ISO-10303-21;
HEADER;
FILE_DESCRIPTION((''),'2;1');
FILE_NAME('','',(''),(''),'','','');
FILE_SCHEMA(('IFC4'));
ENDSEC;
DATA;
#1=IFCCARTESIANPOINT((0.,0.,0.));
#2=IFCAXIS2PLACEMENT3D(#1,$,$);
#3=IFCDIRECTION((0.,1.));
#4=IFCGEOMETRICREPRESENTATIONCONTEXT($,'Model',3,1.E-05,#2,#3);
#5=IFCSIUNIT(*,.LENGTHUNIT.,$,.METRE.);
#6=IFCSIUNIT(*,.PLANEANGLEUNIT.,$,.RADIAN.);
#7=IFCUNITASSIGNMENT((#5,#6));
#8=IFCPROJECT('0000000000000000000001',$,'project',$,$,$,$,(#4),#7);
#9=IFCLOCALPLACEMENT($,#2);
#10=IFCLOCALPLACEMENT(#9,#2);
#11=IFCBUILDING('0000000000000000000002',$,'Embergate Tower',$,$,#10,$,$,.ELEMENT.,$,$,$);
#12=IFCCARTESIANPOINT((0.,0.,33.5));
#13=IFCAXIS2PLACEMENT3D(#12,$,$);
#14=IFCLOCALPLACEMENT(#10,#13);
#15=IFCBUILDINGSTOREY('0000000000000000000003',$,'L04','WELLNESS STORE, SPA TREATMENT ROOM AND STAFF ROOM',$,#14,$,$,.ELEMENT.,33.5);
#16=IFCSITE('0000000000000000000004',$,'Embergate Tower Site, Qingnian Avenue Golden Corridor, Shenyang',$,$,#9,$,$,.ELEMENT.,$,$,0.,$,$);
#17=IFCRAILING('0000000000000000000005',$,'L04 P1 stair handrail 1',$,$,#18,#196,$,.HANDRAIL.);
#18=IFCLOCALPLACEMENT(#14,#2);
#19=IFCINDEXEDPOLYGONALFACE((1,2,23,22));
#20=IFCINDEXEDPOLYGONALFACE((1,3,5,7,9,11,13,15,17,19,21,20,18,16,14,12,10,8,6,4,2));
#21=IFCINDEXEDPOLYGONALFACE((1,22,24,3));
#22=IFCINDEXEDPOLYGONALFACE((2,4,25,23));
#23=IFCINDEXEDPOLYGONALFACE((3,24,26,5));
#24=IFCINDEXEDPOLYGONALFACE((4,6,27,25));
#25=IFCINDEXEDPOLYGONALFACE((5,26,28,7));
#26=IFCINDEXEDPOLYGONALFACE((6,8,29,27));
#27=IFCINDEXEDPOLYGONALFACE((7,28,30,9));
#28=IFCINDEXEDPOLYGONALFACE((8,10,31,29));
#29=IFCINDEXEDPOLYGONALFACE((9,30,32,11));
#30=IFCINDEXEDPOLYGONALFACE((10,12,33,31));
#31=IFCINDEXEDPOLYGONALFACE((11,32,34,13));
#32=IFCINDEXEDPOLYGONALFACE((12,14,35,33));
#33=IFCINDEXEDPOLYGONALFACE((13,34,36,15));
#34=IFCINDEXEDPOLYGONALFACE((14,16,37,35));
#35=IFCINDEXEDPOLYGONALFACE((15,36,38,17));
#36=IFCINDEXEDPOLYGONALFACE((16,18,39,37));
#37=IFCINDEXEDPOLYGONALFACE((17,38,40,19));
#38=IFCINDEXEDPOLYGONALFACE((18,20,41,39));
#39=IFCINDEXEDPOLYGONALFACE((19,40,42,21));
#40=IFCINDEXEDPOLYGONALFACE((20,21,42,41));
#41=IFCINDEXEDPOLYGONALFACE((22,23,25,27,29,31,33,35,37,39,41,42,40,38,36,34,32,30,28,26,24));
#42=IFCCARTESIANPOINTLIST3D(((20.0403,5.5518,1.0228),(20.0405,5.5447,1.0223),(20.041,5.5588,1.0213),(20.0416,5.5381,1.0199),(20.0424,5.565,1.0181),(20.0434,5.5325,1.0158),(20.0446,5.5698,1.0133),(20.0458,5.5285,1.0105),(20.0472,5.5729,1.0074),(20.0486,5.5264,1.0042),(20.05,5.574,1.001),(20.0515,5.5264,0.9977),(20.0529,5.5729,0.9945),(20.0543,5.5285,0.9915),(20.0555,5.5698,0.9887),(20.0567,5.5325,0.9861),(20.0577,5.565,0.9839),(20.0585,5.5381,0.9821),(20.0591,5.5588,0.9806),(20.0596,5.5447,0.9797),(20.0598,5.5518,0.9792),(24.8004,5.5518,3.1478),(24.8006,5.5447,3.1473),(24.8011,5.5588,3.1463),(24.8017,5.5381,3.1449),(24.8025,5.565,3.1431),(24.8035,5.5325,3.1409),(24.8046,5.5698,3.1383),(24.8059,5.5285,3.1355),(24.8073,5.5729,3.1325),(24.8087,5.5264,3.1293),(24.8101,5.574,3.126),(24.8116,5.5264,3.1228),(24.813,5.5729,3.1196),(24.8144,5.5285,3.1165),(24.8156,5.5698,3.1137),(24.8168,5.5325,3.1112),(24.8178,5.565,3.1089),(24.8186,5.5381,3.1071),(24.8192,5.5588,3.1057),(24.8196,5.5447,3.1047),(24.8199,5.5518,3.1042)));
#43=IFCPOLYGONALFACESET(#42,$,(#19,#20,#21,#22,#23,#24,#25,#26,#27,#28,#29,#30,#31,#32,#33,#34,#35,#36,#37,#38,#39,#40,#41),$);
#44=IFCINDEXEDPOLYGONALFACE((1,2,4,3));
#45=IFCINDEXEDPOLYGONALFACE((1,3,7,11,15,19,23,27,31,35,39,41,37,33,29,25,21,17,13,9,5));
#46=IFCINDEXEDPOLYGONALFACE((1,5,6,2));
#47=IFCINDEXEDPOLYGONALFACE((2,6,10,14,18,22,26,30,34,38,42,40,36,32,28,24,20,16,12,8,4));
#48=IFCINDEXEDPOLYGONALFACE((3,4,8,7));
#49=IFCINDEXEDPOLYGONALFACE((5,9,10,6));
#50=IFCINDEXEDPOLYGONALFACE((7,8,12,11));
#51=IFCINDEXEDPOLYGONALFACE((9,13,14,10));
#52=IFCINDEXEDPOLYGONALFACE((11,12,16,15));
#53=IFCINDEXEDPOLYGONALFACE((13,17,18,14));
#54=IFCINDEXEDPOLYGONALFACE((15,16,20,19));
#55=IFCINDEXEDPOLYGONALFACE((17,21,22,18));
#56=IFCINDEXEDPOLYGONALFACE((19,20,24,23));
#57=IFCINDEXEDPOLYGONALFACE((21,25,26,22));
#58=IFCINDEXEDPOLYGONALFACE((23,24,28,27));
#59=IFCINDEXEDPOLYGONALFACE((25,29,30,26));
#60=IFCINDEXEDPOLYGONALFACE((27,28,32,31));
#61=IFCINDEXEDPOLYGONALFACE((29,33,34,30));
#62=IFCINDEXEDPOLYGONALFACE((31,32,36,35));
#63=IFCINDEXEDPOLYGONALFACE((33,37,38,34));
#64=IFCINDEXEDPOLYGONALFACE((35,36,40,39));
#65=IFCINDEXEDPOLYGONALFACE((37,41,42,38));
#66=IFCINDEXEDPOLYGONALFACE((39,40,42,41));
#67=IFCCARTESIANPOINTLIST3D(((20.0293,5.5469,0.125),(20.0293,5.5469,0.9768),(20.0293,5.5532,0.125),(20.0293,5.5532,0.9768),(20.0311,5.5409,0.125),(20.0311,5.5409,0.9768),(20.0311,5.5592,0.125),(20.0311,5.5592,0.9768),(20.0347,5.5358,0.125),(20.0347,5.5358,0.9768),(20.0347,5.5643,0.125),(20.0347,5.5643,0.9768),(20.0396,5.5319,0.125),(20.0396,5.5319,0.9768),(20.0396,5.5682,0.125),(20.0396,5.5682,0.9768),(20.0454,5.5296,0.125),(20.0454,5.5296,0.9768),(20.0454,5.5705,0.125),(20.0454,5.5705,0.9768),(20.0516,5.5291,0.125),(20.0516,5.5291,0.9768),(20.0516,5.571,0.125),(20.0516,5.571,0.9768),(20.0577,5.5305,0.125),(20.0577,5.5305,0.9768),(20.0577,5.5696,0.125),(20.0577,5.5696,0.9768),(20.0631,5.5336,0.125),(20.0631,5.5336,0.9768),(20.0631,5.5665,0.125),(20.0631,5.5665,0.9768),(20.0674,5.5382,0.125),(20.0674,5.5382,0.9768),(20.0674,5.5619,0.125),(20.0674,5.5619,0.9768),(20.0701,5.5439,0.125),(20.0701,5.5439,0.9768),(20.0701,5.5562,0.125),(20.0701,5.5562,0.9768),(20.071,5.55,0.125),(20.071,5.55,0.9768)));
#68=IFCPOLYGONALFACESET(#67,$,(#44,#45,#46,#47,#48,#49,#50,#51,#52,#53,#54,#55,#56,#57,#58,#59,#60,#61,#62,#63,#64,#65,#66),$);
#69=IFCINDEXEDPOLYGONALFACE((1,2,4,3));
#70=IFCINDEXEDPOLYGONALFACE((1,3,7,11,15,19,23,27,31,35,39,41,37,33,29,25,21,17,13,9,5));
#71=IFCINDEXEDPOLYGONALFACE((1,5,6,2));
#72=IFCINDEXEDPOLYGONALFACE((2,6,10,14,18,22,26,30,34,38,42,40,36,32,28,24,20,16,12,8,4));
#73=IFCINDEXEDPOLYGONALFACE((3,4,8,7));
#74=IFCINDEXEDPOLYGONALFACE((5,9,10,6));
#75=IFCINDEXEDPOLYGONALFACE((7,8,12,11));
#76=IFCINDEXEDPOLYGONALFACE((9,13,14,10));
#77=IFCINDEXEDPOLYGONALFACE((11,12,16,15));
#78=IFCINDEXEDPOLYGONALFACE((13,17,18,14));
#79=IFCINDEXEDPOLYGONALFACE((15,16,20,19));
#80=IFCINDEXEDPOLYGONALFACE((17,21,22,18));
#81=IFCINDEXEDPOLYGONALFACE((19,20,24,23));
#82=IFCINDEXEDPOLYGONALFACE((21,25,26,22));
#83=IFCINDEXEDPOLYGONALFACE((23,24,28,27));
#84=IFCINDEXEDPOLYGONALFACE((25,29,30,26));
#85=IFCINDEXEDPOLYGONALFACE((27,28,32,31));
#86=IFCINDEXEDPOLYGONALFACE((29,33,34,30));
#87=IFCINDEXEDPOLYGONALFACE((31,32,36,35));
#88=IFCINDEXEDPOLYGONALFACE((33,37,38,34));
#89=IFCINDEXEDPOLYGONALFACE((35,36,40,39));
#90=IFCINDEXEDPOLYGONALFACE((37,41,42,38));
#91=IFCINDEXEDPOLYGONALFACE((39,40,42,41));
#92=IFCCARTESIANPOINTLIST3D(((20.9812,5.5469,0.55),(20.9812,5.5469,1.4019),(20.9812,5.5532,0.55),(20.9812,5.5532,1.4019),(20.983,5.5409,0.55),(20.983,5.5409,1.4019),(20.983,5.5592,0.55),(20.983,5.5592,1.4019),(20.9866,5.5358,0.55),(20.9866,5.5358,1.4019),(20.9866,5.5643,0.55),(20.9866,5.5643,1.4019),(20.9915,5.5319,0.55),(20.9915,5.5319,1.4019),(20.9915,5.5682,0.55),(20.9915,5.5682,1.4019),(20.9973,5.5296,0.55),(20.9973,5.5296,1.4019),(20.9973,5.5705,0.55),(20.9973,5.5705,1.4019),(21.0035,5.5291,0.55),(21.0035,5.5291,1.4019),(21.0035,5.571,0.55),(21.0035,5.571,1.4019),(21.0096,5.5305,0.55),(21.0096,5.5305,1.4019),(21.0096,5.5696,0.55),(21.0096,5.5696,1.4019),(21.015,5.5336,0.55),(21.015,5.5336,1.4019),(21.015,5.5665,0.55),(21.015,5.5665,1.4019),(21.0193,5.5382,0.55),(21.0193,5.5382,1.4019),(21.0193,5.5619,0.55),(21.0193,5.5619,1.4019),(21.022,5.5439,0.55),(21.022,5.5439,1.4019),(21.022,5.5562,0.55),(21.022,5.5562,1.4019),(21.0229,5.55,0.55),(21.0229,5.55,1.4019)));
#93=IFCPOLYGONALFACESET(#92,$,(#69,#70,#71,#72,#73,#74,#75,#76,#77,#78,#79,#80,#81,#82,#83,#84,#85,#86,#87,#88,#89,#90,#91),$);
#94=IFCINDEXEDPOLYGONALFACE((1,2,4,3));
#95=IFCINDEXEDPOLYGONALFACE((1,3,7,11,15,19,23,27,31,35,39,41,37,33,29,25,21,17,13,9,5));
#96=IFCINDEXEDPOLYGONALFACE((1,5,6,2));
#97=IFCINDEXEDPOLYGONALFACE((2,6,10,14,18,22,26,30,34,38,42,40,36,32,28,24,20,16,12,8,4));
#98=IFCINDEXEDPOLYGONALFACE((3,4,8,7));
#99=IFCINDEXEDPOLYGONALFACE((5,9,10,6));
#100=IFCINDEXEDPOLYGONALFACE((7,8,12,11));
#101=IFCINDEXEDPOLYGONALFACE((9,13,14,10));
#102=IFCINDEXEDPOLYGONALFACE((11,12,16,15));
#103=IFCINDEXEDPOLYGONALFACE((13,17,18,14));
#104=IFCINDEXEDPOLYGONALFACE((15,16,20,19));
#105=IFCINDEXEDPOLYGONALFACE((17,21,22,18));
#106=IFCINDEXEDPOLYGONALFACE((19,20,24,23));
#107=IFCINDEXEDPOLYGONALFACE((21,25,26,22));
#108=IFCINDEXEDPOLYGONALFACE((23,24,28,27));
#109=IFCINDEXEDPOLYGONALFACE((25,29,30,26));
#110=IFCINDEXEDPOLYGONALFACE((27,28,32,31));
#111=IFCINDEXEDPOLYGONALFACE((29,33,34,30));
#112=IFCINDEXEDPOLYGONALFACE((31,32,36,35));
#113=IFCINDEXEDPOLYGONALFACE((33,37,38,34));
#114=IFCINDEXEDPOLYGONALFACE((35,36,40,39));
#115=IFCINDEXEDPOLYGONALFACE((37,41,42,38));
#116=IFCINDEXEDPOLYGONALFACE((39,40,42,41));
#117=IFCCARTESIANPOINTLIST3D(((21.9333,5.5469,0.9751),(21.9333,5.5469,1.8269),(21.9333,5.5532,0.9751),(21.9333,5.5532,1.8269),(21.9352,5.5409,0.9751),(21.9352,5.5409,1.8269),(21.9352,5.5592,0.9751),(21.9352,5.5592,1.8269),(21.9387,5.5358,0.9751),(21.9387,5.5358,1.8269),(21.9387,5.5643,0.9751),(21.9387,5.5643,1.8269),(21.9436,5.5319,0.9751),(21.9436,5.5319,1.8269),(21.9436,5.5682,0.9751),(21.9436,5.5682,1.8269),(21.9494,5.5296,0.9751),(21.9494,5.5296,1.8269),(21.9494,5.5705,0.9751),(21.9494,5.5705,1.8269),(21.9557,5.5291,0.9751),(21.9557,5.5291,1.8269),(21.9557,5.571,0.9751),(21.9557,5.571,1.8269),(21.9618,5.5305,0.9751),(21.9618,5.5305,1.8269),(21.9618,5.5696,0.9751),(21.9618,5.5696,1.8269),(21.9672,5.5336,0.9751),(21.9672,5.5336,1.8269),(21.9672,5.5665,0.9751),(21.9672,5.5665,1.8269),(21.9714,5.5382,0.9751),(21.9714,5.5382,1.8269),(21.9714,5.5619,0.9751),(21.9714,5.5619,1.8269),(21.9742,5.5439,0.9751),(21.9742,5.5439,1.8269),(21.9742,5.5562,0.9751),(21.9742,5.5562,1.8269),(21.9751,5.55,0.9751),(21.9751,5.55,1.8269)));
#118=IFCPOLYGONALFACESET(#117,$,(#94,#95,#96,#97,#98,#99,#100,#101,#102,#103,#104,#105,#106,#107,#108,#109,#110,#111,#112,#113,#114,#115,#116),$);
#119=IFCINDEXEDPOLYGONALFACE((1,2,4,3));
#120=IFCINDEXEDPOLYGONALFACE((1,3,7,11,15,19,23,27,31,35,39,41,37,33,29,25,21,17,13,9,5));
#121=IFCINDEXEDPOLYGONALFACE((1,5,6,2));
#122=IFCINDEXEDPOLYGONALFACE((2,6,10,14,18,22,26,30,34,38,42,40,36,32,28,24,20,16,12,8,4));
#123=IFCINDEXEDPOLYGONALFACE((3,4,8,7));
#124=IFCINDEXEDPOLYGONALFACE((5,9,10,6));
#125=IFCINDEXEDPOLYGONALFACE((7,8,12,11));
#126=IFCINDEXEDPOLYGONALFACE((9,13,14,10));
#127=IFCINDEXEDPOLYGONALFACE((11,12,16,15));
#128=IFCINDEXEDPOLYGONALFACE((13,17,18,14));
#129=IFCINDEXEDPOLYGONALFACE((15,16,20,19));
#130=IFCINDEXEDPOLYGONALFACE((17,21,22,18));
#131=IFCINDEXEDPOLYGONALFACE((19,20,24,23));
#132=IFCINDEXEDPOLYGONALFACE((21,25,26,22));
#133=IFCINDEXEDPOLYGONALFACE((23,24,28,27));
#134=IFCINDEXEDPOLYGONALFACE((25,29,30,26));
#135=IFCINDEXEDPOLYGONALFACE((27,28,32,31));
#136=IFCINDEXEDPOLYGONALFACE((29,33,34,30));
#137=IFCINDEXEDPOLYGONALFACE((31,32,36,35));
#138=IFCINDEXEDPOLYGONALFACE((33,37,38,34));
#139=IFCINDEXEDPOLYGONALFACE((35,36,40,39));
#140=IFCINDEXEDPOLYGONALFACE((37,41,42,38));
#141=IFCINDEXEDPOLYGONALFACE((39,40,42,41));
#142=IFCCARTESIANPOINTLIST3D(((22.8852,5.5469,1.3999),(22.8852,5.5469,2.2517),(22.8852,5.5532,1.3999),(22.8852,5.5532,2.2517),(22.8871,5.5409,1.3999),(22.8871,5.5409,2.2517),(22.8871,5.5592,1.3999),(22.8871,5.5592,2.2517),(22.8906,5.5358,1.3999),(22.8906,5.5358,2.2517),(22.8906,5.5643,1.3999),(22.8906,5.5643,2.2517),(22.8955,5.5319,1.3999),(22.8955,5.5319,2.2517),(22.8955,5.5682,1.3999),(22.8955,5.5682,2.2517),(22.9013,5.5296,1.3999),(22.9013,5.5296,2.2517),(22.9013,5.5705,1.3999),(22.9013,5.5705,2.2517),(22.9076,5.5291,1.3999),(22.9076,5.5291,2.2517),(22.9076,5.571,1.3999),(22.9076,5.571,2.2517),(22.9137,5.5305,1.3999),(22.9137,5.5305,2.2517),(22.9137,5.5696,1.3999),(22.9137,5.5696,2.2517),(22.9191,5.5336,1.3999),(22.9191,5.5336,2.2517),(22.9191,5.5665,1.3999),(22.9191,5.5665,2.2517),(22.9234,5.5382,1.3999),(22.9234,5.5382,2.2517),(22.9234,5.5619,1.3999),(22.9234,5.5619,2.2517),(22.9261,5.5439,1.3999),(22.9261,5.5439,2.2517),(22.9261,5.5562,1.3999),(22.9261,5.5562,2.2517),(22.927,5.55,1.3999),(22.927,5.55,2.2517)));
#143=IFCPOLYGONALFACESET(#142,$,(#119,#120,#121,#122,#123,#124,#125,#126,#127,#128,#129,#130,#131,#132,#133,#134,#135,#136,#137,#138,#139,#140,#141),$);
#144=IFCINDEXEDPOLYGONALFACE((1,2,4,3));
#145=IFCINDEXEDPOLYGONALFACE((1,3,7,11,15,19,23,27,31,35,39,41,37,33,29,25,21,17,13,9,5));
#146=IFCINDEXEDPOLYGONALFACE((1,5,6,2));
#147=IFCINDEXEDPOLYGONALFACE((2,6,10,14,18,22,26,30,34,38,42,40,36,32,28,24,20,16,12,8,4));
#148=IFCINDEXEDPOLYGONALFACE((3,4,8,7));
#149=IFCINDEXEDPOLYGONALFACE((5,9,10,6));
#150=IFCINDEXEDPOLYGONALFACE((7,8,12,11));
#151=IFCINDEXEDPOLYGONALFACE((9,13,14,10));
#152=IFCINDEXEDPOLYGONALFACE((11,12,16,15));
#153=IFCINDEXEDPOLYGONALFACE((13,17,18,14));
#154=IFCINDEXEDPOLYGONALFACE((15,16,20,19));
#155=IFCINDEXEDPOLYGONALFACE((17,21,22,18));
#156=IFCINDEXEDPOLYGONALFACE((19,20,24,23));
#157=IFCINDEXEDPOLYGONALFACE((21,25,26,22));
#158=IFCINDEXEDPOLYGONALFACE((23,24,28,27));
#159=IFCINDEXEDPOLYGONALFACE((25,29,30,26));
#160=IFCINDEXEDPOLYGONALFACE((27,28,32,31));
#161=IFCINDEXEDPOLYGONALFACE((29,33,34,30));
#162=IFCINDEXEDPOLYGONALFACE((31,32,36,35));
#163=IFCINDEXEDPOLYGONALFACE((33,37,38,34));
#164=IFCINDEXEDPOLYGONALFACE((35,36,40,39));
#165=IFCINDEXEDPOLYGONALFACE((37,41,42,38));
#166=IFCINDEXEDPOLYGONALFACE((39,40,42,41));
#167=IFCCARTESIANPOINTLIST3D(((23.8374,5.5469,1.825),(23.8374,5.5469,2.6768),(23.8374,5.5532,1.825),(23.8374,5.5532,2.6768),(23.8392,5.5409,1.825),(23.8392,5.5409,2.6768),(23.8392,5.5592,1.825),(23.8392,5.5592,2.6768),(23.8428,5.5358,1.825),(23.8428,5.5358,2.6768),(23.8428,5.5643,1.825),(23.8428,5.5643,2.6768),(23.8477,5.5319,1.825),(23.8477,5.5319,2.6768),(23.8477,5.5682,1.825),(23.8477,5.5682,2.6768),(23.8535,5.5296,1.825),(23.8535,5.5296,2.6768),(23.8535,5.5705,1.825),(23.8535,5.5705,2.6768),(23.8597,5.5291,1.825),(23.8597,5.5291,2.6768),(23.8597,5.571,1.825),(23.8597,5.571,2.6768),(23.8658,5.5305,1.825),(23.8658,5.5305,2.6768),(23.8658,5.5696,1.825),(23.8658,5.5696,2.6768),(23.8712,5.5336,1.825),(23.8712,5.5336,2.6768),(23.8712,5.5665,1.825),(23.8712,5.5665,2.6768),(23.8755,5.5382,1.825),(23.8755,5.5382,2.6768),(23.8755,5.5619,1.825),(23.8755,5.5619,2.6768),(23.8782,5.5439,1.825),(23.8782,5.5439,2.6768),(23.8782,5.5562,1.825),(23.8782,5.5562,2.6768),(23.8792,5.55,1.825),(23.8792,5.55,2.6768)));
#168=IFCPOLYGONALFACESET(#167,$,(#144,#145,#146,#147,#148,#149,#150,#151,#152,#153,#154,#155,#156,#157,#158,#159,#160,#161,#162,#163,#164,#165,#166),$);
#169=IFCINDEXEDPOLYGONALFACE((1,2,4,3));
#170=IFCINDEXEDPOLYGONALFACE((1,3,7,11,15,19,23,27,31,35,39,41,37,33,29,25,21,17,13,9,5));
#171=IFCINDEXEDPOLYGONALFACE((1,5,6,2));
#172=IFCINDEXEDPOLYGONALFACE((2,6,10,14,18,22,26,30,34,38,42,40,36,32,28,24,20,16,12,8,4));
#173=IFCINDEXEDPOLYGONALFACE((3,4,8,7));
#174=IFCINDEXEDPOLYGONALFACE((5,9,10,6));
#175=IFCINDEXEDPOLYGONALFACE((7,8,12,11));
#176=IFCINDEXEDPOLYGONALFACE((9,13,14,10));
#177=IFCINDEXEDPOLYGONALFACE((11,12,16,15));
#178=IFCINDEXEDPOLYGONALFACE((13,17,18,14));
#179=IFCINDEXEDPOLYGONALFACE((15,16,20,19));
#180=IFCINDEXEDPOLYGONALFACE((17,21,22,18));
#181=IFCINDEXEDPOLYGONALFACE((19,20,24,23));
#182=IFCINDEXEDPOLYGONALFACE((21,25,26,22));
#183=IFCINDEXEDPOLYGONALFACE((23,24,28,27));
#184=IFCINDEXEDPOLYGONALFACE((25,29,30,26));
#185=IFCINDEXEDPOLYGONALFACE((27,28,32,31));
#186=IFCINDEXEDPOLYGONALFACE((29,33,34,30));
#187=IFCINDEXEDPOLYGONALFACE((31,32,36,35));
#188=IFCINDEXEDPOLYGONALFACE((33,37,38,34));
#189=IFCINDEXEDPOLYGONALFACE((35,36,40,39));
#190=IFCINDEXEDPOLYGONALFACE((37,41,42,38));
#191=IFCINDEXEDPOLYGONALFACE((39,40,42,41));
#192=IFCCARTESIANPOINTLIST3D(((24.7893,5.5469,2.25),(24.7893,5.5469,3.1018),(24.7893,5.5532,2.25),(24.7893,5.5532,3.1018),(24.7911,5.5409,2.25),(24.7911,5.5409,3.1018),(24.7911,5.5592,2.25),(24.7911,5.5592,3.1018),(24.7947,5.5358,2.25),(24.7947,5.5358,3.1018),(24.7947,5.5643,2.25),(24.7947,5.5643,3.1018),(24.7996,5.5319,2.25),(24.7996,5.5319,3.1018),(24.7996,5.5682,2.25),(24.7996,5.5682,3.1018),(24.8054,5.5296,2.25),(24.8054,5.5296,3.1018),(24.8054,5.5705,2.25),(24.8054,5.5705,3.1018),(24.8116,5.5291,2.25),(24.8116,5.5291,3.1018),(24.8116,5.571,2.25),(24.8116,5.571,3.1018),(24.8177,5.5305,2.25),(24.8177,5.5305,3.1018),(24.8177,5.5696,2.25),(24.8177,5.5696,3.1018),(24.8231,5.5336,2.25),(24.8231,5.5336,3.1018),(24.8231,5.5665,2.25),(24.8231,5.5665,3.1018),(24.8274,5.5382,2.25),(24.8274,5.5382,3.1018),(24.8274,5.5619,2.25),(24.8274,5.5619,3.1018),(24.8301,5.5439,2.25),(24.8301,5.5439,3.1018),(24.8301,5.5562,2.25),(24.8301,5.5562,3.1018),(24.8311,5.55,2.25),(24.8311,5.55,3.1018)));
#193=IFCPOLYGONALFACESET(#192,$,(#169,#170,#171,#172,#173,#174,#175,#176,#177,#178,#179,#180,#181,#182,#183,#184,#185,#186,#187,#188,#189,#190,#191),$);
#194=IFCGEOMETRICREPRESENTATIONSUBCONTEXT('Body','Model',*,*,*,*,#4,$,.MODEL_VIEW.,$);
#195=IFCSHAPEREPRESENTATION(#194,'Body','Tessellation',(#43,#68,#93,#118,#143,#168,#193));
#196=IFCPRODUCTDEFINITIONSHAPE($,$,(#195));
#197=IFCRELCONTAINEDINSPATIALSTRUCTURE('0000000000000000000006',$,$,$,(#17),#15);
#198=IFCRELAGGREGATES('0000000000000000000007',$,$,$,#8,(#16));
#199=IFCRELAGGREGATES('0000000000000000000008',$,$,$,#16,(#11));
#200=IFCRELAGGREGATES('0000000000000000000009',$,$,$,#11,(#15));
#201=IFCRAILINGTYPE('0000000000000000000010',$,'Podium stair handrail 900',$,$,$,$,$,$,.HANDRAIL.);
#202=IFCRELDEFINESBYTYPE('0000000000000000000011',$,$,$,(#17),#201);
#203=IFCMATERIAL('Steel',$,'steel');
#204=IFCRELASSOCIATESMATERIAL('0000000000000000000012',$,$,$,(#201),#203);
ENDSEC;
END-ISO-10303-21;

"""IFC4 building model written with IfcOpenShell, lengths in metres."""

from ifc_helpers import new_model, si_unit, direction, frame, origin, origin_2d, place, context, subcontext, project, spatial, circle, extrude, source, transform, mapped, material, type_object, element, save


model = new_model("IFC4")

# Units and contexts
model_context = context("Model", 3, precision=1e-05, world=origin(), true_north=direction((0.0, 1.0)))
body_context = subcontext(model_context, "Body", "Model", "MODEL_VIEW")
ifc_project = project(units=[si_unit("LENGTHUNIT", "METRE"), si_unit("PLANEANGLEUNIT", "RADIAN")], contexts=[model_context])

# Site, building, storey
site_placement = place(None, origin())
site = spatial("IfcSite", under=ifc_project, at=site_placement, Name="Embergate Tower Site, Qingnian Avenue Golden Corridor, Shenyang", CompositionType="ELEMENT", RefElevation=0.0)
building_placement = place(site_placement, origin())
building = spatial("IfcBuilding", under=site, at=building_placement, Name="Embergate Tower", CompositionType="ELEMENT")
storey_placement = place(building_placement, frame((0.0, 0.0, 33.5)))
storey = spatial("IfcBuildingStorey", under=building, at=storey_placement, Name="L04", Description="WELLNESS STORE, SPA TREATMENT ROOM AND STAFF ROOM", CompositionType="ELEMENT", Elevation=33.5)

# Railing
ifc_material_1 = material(Name="Steel", Category="steel")
railing_type_1 = type_object("IfcRailingType", Name="Podium stair handrail 900", PredefinedType="HANDRAIL", material=ifc_material_1)
shared_shape_1 = source(origin(), body_context, "Body", "SweptSolid", [
    extrude(circle(Radius=0.0239, at=origin_2d()), frame((0.0, 0.0, 0.876), z_axis=(0.913138, 0.0, 0.40765), x_axis=(0.0, 1.0, 0.0)), (0.0, 0.0, 1.0), 5.2129),
    extrude(circle(Radius=0.021, at=origin_2d()), origin(), (0.0, 0.0, 1.0), 0.8518),
    extrude(circle(Radius=0.021, at=origin_2d()), frame((0.9519, 0.0, 0.425)), (0.0, 0.0, 1.0), 0.8518),
    extrude(circle(Radius=0.021, at=origin_2d()), frame((1.9041, 0.0, 0.8501)), (0.0, 0.0, 1.0), 0.8518),
    extrude(circle(Radius=0.021, at=origin_2d()), frame((2.856, 0.0, 1.2749)), (0.0, 0.0, 1.0), 0.8518),
    extrude(circle(Radius=0.021, at=origin_2d()), frame((3.8081, 0.0, 1.7)), (0.0, 0.0, 1.0), 0.8518),
    extrude(circle(Radius=0.021, at=origin_2d()), frame((4.76, 0.0, 2.125)), (0.0, 0.0, 1.0), 0.8518),
])
railing_1_placement = place(storey_placement, frame((20.05, 5.55, 0.125)))
element("IfcRailing", 1, at=railing_1_placement, inside=storey, type_object=railing_type_1, Name="L04 P1 stair handrail 1", PredefinedType="HANDRAIL", context=body_context, shape_type="MappedRepresentation", body=[
    mapped(shared_shape_1, transform((0.0, 0.0, 0.0))),
])

save(model, "model.ifc")
